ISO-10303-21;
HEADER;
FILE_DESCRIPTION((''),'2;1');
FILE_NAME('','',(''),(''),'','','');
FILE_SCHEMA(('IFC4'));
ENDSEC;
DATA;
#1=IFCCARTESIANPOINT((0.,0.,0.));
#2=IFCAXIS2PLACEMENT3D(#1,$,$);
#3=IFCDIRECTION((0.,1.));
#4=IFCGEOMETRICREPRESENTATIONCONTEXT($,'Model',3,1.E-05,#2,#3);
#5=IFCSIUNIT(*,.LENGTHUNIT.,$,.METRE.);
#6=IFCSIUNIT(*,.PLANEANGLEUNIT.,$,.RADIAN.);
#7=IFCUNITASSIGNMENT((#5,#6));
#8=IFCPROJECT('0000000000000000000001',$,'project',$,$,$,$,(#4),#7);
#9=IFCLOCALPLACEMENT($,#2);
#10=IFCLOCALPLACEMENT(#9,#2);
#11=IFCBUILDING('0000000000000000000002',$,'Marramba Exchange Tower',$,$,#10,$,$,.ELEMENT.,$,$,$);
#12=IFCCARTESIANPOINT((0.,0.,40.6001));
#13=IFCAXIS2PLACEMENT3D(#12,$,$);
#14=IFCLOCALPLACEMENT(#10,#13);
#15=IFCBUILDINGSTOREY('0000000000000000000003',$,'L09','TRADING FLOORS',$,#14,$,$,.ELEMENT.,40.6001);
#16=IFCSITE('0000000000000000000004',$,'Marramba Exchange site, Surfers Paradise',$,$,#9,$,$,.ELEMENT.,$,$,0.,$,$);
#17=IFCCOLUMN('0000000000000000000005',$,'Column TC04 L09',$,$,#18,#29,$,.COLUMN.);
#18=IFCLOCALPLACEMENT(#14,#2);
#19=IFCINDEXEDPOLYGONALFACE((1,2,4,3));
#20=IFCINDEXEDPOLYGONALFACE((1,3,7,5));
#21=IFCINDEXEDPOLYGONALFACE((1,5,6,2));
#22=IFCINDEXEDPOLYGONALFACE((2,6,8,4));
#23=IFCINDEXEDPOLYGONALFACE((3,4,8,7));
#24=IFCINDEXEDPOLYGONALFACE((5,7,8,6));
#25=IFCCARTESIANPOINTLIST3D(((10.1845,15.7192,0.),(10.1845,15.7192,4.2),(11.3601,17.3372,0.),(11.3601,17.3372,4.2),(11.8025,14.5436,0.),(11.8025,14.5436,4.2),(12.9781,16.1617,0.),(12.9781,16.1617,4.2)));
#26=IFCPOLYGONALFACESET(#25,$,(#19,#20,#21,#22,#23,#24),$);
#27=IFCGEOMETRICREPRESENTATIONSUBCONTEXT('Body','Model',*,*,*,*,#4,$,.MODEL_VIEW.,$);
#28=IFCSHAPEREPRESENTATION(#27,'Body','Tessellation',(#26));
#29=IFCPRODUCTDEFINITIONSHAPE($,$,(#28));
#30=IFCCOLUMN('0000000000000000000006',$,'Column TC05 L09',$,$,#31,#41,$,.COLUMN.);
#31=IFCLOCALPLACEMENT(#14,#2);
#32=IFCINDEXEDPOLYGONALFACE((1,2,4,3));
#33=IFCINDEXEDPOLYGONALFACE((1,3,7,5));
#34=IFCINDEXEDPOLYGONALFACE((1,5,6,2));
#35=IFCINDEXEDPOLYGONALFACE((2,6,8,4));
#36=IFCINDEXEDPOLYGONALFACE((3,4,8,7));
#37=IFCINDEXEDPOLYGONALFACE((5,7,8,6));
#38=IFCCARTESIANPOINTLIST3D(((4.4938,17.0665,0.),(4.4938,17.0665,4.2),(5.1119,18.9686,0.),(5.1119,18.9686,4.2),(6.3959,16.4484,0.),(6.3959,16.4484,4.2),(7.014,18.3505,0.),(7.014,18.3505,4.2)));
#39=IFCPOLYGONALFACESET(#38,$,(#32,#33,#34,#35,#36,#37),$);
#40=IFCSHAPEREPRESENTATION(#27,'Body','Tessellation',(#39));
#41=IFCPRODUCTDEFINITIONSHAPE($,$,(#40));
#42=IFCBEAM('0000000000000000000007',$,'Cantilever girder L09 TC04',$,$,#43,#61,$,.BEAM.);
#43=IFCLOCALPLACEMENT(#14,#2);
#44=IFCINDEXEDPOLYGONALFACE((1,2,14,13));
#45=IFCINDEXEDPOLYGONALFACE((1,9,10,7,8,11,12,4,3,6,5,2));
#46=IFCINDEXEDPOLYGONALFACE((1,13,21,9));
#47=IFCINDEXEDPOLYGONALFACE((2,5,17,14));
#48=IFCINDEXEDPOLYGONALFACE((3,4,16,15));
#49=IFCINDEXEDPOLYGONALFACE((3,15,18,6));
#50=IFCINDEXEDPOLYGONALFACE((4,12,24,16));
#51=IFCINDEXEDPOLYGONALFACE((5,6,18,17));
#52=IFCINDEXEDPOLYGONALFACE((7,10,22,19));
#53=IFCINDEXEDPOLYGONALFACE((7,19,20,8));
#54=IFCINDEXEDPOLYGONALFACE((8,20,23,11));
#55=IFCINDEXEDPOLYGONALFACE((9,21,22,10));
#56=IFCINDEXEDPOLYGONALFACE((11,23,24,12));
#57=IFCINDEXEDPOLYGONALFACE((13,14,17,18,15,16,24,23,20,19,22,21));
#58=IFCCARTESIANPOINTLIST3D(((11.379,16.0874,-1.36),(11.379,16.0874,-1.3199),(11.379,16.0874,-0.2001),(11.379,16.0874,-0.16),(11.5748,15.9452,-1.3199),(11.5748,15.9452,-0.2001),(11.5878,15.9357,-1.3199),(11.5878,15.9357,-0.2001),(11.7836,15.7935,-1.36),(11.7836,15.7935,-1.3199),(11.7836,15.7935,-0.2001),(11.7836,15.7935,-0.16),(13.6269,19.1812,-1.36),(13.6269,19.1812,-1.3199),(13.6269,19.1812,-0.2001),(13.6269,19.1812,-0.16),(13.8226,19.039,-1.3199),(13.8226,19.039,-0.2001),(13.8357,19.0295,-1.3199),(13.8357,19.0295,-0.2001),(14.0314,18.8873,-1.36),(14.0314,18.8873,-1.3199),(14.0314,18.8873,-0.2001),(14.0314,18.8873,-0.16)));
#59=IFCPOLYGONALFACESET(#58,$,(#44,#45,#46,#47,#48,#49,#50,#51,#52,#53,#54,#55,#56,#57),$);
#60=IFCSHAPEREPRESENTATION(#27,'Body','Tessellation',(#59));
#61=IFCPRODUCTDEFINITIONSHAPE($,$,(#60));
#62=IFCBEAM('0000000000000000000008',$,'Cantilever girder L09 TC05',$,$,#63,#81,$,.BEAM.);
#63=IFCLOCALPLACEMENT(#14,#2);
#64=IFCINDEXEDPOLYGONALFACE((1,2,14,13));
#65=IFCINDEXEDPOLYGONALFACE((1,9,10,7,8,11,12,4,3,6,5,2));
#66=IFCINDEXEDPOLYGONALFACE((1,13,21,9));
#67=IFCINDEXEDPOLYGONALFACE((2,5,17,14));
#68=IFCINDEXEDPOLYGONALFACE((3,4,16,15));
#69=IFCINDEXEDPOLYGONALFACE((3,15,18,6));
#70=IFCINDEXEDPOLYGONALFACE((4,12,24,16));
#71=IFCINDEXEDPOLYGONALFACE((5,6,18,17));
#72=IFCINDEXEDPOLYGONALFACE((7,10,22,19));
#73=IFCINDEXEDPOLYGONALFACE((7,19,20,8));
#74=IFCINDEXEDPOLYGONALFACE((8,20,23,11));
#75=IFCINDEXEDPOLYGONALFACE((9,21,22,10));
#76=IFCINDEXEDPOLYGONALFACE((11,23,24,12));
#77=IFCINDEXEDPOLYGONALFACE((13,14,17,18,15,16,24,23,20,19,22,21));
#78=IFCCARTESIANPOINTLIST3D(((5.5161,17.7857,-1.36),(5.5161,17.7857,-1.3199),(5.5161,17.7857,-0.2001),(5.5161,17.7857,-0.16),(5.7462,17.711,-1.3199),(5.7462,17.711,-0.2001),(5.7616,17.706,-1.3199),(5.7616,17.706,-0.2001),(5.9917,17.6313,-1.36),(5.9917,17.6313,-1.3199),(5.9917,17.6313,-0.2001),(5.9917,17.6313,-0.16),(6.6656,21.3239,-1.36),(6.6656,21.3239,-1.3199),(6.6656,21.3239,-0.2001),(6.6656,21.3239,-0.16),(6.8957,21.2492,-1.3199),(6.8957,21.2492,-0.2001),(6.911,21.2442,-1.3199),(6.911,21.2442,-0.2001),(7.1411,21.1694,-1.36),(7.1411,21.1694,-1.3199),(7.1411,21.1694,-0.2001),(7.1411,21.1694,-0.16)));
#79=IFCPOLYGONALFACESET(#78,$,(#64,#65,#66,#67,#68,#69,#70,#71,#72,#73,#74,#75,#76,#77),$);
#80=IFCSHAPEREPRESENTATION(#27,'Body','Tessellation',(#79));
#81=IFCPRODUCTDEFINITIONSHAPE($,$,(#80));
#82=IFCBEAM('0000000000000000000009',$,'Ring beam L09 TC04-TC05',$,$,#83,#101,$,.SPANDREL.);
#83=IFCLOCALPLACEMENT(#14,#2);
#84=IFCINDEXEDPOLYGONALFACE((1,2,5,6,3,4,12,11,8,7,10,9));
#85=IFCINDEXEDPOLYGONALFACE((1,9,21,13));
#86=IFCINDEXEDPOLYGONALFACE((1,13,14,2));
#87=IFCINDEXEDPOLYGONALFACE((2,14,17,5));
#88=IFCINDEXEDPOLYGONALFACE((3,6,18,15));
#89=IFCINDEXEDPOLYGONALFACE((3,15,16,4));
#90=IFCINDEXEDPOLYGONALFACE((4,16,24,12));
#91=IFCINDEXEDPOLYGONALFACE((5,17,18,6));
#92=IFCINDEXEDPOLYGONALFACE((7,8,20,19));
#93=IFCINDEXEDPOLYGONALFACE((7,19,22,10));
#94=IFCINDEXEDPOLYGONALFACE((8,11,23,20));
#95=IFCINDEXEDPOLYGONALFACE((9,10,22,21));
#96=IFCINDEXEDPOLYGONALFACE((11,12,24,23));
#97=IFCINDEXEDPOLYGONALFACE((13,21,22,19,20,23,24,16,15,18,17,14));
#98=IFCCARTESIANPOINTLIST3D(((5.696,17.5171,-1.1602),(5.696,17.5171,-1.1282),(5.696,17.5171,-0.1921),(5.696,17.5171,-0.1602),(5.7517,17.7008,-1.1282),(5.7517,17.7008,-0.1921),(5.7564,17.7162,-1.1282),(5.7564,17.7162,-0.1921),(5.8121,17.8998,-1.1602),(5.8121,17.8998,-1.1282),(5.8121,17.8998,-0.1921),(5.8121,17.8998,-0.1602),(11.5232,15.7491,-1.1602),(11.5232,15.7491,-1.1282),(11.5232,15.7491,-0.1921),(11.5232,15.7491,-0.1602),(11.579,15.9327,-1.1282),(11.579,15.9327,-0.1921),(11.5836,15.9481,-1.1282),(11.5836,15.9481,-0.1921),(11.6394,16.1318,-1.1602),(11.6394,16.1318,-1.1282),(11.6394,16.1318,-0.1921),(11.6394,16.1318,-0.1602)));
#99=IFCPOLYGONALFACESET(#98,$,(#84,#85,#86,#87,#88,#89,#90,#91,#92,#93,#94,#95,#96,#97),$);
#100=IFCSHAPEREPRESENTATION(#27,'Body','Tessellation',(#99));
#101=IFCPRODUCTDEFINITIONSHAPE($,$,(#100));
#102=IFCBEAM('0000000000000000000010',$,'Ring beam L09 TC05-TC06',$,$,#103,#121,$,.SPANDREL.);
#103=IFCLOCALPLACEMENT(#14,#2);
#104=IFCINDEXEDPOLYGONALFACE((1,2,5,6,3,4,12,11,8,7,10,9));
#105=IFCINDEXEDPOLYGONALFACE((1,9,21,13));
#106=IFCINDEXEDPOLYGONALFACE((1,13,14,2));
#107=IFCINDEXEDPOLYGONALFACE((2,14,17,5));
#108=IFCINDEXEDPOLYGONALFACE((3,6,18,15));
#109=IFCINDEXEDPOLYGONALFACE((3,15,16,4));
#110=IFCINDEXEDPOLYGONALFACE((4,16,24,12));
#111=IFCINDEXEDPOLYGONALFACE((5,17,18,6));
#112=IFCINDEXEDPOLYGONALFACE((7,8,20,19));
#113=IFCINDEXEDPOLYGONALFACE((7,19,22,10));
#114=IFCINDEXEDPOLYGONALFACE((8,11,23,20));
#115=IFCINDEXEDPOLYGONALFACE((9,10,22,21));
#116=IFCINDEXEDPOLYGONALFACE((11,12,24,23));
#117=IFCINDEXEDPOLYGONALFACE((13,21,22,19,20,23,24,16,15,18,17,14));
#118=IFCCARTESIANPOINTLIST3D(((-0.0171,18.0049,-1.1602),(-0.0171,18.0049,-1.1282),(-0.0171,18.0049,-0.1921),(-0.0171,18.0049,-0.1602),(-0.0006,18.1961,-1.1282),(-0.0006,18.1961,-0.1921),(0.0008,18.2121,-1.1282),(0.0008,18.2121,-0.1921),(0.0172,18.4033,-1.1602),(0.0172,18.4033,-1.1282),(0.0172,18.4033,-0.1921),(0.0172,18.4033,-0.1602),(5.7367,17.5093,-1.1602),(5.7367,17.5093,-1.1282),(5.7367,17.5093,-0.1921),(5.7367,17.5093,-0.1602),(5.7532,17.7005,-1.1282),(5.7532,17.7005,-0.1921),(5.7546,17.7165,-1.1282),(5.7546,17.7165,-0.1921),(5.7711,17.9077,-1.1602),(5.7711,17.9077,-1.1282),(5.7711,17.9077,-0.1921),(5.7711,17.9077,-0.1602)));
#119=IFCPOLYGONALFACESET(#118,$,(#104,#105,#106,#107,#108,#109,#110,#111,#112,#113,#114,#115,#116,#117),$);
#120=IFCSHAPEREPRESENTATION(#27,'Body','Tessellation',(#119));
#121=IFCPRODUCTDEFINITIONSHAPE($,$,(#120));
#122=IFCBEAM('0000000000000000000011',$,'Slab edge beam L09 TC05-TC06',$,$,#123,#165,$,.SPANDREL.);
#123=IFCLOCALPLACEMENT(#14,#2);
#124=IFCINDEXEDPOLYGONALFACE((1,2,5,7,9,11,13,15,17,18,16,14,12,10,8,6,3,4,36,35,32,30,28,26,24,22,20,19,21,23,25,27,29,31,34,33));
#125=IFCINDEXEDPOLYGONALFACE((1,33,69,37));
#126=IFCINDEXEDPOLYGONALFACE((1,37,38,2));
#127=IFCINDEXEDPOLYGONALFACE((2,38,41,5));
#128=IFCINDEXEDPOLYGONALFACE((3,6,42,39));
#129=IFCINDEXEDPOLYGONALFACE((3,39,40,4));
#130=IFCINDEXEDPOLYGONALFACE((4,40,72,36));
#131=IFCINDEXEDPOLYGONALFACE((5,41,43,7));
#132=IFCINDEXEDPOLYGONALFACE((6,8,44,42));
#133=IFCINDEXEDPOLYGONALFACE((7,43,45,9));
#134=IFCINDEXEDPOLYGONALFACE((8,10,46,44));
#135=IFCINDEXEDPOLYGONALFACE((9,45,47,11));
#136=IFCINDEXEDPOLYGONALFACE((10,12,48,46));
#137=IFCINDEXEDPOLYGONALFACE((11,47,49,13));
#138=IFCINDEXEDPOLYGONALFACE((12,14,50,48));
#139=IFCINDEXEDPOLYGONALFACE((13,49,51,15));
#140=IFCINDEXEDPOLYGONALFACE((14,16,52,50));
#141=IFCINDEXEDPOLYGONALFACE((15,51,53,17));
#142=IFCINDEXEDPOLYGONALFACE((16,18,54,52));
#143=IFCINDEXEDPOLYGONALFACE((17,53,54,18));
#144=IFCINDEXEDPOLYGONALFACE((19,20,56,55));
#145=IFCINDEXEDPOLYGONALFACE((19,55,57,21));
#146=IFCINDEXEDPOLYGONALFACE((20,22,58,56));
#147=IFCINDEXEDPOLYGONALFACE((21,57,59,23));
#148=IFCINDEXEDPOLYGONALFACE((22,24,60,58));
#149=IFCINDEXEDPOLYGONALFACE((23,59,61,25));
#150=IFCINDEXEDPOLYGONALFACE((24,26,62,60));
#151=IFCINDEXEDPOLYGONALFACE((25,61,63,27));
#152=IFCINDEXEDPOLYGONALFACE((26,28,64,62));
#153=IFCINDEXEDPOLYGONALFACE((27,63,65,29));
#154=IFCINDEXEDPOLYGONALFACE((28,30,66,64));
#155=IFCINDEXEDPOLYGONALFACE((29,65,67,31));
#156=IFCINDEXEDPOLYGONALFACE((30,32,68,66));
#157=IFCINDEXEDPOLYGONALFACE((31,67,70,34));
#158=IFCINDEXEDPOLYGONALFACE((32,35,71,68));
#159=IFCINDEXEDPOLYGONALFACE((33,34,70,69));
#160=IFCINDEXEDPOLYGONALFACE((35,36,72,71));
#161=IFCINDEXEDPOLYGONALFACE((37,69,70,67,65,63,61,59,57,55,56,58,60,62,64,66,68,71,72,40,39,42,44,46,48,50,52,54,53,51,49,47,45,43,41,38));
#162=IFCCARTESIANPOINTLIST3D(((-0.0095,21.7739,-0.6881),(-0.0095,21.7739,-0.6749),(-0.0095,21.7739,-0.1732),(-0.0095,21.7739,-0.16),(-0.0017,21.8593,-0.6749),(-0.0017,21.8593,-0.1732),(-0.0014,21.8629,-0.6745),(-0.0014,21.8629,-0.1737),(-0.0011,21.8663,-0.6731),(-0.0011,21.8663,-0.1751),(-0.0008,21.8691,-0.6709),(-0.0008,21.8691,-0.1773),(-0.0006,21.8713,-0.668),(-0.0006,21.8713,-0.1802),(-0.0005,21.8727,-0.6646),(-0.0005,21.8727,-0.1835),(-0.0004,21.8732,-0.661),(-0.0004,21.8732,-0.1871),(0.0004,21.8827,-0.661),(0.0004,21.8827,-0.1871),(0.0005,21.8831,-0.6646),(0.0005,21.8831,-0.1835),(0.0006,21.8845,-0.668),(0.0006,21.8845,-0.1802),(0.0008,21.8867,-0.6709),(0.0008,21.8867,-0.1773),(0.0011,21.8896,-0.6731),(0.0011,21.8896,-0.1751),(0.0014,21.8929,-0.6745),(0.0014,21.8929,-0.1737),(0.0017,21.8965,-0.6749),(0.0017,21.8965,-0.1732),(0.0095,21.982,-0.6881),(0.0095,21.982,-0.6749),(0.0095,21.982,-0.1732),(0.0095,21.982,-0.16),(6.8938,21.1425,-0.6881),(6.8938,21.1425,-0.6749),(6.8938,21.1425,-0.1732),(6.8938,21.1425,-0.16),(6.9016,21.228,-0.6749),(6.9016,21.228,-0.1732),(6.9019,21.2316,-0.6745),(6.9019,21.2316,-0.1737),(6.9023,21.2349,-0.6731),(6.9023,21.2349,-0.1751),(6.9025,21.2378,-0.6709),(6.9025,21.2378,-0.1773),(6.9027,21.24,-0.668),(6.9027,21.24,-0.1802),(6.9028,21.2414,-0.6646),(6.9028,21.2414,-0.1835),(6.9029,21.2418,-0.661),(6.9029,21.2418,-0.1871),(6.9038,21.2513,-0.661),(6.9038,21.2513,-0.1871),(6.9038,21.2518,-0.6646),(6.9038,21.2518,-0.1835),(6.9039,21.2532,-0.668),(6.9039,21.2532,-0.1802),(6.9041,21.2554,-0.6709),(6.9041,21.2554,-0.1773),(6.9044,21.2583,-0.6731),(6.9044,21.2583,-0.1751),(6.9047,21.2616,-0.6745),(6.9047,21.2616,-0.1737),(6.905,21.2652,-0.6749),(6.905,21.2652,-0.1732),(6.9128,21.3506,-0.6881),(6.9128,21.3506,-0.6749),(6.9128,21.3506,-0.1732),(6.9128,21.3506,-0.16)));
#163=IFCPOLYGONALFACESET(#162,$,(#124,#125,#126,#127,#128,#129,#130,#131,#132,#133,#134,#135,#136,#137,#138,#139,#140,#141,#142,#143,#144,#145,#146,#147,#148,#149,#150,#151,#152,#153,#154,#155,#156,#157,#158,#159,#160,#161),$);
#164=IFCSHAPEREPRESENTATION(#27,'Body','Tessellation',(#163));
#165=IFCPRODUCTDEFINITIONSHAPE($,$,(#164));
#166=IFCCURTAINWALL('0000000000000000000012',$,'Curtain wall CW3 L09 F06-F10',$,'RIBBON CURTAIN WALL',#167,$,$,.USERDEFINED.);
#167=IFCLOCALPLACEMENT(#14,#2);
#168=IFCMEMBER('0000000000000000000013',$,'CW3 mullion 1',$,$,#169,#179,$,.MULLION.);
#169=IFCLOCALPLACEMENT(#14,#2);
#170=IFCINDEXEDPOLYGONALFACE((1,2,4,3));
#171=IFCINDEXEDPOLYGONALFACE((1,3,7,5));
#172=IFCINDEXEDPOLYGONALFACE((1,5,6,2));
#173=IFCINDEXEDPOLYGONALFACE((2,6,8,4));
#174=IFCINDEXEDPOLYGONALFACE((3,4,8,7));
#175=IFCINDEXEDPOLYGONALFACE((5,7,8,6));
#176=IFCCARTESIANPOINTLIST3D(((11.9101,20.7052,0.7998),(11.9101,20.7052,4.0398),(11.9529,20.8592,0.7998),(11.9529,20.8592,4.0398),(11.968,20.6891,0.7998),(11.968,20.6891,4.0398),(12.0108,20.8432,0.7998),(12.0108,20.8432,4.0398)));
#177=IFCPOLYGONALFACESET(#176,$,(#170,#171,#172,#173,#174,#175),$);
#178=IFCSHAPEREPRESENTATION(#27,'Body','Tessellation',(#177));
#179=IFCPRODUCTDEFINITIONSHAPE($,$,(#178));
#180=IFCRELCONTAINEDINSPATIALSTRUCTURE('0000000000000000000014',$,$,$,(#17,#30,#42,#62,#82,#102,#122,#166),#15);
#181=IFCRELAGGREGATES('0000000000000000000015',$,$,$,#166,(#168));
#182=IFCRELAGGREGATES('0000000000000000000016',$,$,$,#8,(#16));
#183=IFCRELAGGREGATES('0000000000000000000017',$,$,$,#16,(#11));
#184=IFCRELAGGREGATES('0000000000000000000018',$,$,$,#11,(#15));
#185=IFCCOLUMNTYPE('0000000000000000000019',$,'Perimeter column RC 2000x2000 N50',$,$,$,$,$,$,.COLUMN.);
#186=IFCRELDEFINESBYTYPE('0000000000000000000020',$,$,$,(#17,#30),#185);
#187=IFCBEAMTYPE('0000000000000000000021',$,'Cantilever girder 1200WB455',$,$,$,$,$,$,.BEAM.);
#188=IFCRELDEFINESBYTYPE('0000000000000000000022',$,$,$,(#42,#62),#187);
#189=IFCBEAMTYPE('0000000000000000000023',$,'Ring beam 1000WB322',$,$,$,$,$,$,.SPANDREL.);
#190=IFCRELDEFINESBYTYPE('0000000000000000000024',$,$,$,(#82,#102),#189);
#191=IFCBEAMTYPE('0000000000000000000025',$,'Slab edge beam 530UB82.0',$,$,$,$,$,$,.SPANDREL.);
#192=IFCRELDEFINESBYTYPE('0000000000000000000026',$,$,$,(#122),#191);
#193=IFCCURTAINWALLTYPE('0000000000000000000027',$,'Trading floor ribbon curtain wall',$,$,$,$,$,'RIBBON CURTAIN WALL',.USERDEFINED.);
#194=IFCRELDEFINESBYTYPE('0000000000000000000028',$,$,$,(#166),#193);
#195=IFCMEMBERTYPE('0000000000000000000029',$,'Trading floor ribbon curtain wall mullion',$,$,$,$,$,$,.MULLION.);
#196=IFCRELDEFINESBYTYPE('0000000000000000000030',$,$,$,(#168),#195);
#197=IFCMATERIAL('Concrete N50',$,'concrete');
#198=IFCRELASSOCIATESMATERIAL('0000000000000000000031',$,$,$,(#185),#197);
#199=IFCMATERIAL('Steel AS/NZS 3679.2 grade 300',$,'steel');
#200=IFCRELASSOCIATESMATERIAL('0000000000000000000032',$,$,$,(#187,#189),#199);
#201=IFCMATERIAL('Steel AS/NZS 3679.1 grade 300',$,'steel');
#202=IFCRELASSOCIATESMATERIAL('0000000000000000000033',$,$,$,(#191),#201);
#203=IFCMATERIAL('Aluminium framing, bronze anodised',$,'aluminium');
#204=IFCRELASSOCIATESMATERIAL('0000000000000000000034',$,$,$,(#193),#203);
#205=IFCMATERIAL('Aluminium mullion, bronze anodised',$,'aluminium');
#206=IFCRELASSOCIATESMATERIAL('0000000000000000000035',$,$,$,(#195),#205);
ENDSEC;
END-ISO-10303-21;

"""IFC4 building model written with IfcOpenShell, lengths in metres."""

from ifc_helpers import new_model, si_unit, direction, frame, origin, origin_2d, place, context, subcontext, project, spatial, rectangle, i_section, extrude, material, material_profile, profile_set, type_object, element, aggregate, save


model = new_model("IFC4")

# Units and contexts
model_context = context("Model", 3, precision=1e-05, world=origin(), true_north=direction((0.0, 1.0)))
body_context = subcontext(model_context, "Body", "Model", "MODEL_VIEW")
ifc_project = project(units=[si_unit("LENGTHUNIT", "METRE"), si_unit("PLANEANGLEUNIT", "RADIAN")], contexts=[model_context])

# Site, building, storey
site_placement = place(None, origin())
site = spatial("IfcSite", under=ifc_project, at=site_placement, Name="Marramba Exchange site, Surfers Paradise", CompositionType="ELEMENT", RefElevation=0.0)
building_placement = place(site_placement, origin())
building = spatial("IfcBuilding", under=site, at=building_placement, Name="Marramba Exchange Tower", CompositionType="ELEMENT")
storey_placement = place(building_placement, frame((0.0, 0.0, 40.6001)))
storey = spatial("IfcBuildingStorey", under=building, at=storey_placement, Name="L09", Description="TRADING FLOORS", CompositionType="ELEMENT", Elevation=40.6001)

# Columns
ifc_material_1 = material(Name="Concrete N50", Category="concrete")
ifc_material_profile_1 = material_profile(ifc_material_1, rectangle(XDim=2.0, YDim=2.0, at=origin_2d()), Name="RC 2000x2000")
ifc_profile_set_1 = profile_set([ifc_material_profile_1], Name="Concrete N50")
column_type = type_object("IfcColumnType", Name="Perimeter column RC 2000x2000 N50", PredefinedType="COLUMN", material=ifc_profile_set_1)
for number, where, z_axis, x_axis, name in (
    (1, (11.5813, 15.9404, 0.0), (0.0, 0.0, 1.0), (0.587785, 0.809017, 0.0), "Column TC04 L09"),
    (2, (5.7539, 17.7085, 0.0), (0.0, 0.0, 1.0), (0.309017, 0.951057, 0.0), "Column TC05 L09"),
):
    element("IfcColumn", number, at=place(storey_placement, frame(where, z_axis=z_axis, x_axis=x_axis)), inside=storey, type_object=column_type, Name=name, PredefinedType="COLUMN", context=body_context, shape_type="SweptSolid", body=[
        extrude(rectangle(XDim=2.0, YDim=2.0, at=origin_2d()), origin(), (0.0, 0.0, 1.0), 4.2),
    ])

# Beams
ifc_material_2 = material(Name="Steel AS/NZS 3679.2 grade 300", Category="steel")
ifc_material_profile_2 = material_profile(ifc_material_2, i_section(OverallWidth=0.5, OverallDepth=1.2, WebThickness=0.0161, FlangeThickness=0.04, at=origin_2d()), Name="1200WB455")
ifc_profile_set_2 = profile_set([ifc_material_profile_2], Name="Steel AS/NZS 3679.2 grade 300")
beam_type_1 = type_object("IfcBeamType", Name="Cantilever girder 1200WB455", PredefinedType="BEAM", material=ifc_profile_set_2)
beam_1_placement = place(storey_placement, frame((11.5813, 15.9404, -0.76), z_axis=(0.587796, 0.809009, 0.0), x_axis=(-0.809009, 0.587796, 0.0)))
element("IfcBeam", 3, at=beam_1_placement, inside=storey, type_object=beam_type_1, Name="Cantilever girder L09 TC04", PredefinedType="BEAM", context=body_context, shape_type="SweptSolid", body=[
    extrude(i_section(OverallWidth=0.5, OverallDepth=1.2, WebThickness=0.0161, FlangeThickness=0.04, at=origin_2d()), origin(), (0.0, 0.0, 1.0), 3.8242),
])
beam_2_placement = place(storey_placement, frame((5.7539, 17.7085, -0.76), z_axis=(0.308973, 0.951071, 0.0), x_axis=(-0.951071, 0.308973, 0.0)))
element("IfcBeam", 4, at=beam_2_placement, inside=storey, type_object=beam_type_1, Name="Cantilever girder L09 TC05", PredefinedType="BEAM", context=body_context, shape_type="SweptSolid", body=[
    extrude(i_section(OverallWidth=0.5, OverallDepth=1.2, WebThickness=0.0161, FlangeThickness=0.04, at=origin_2d()), origin(), (0.0, 0.0, 1.0), 3.7202),
])
ifc_material_profile_3 = material_profile(ifc_material_2, i_section(OverallWidth=0.3999, OverallDepth=1.0, WebThickness=0.0161, FlangeThickness=0.032, at=origin_2d()), Name="1000WB322")
ifc_profile_set_3 = profile_set([ifc_material_profile_3], Name="Steel AS/NZS 3679.2 grade 300")
beam_type_2 = type_object("IfcBeamType", Name="Ring beam 1000WB322", PredefinedType="SPANDREL", material=ifc_profile_set_3)
beam_3_placement = place(storey_placement, frame((11.5813, 15.9404, -0.6602), z_axis=(-0.956925, 0.290337, 0.0), x_axis=(-0.290337, -0.956925, 0.0)))
element("IfcBeam", 5, at=beam_3_placement, inside=storey, type_object=beam_type_2, Name="Ring beam L09 TC04-TC05", PredefinedType="SPANDREL", context=body_context, shape_type="SweptSolid", body=[
    extrude(i_section(OverallWidth=0.3999, OverallDepth=1.0, WebThickness=0.0161, FlangeThickness=0.032, at=origin_2d()), origin(), (0.0, 0.0, 1.0), 6.0896),
])
beam_4_placement = place(storey_placement, frame((5.7539, 17.7085, -0.6602), z_axis=(-0.996311, 0.085816, 0.0), x_axis=(-0.085816, -0.996311, 0.0)))
element("IfcBeam", 6, at=beam_4_placement, inside=storey, type_object=beam_type_2, Name="Ring beam L09 TC05-TC06", PredefinedType="SPANDREL", context=body_context, shape_type="SweptSolid", body=[
    extrude(i_section(OverallWidth=0.3999, OverallDepth=1.0, WebThickness=0.0161, FlangeThickness=0.032, at=origin_2d()), origin(), (0.0, 0.0, 1.0), 5.7751),
])
ifc_material_3 = material(Name="Steel AS/NZS 3679.1 grade 300", Category="steel")
ifc_material_profile_4 = material_profile(ifc_material_3, i_section(OverallWidth=0.209, OverallDepth=0.5281, WebThickness=0.0095, FlangeThickness=0.0132, FilletRadius=0.0139, at=origin_2d()), Name="530UB82.0")
ifc_profile_set_4 = profile_set([ifc_material_profile_4], Name="Steel AS/NZS 3679.1 grade 300")
beam_type_3 = type_object("IfcBeamType", Name="Slab edge beam 530UB82.0", PredefinedType="SPANDREL", material=ifc_profile_set_4)
beam_5_placement = place(storey_placement, frame((6.9033, 21.2466, -0.4241), z_axis=(-0.995844, 0.091076, 0.0), x_axis=(-0.091076, -0.995844, 0.0)))
element("IfcBeam", 7, at=beam_5_placement, inside=storey, type_object=beam_type_3, Name="Slab edge beam L09 TC05-TC06", PredefinedType="SPANDREL", context=body_context, shape_type="SweptSolid", body=[
    extrude(i_section(OverallWidth=0.209, OverallDepth=0.5281, WebThickness=0.0095, FlangeThickness=0.0132, FilletRadius=0.0139, at=origin_2d()), origin(), (0.0, 0.0, 1.0), 6.9321),
])

# Curtain wall, member
ifc_material_4 = material(Name="Aluminium framing, bronze anodised", Category="aluminium")
curtain_wall_type = type_object("IfcCurtainWallType", Name="Trading floor ribbon curtain wall", ElementType="RIBBON CURTAIN WALL", PredefinedType="USERDEFINED", material=ifc_material_4)
curtain_wall_placement = place(storey_placement, origin())
curtain_wall = element("IfcCurtainWall", 8, at=curtain_wall_placement, inside=storey, type_object=curtain_wall_type, Name="Curtain wall CW3 L09 F06-F10", ObjectType="RIBBON CURTAIN WALL", PredefinedType="USERDEFINED")
ifc_material_5 = material(Name="Aluminium mullion, bronze anodised", Category="aluminium")
ifc_material_profile_5 = material_profile(ifc_material_5, rectangle(XDim=0.1599, YDim=0.0601, at=origin_2d()), Name="CW3 mullion 60x160")
ifc_profile_set_5 = profile_set([ifc_material_profile_5], Name="Aluminium mullion, bronze anodised")
member_type_1 = type_object("IfcMemberType", Name="Trading floor ribbon curtain wall mullion", PredefinedType="MULLION", material=ifc_profile_set_5)
member_1_placement = place(storey_placement, frame((11.9604, 20.7742, 0.7998), z_axis=(0.0, 0.0, 1.0), x_axis=(-0.267809, -0.963472, 0.0)))
member_1 = element("IfcMember", 9, at=member_1_placement, type_object=member_type_1, Name="CW3 mullion 1", PredefinedType="MULLION", context=body_context, shape_type="SweptSolid", body=[
    extrude(rectangle(XDim=0.1599, YDim=0.0601, at=origin_2d()), origin(), (0.0, 0.0, 1.0), 3.24),
])
aggregate(curtain_wall, [member_1])

save(model, "model.ifc")
